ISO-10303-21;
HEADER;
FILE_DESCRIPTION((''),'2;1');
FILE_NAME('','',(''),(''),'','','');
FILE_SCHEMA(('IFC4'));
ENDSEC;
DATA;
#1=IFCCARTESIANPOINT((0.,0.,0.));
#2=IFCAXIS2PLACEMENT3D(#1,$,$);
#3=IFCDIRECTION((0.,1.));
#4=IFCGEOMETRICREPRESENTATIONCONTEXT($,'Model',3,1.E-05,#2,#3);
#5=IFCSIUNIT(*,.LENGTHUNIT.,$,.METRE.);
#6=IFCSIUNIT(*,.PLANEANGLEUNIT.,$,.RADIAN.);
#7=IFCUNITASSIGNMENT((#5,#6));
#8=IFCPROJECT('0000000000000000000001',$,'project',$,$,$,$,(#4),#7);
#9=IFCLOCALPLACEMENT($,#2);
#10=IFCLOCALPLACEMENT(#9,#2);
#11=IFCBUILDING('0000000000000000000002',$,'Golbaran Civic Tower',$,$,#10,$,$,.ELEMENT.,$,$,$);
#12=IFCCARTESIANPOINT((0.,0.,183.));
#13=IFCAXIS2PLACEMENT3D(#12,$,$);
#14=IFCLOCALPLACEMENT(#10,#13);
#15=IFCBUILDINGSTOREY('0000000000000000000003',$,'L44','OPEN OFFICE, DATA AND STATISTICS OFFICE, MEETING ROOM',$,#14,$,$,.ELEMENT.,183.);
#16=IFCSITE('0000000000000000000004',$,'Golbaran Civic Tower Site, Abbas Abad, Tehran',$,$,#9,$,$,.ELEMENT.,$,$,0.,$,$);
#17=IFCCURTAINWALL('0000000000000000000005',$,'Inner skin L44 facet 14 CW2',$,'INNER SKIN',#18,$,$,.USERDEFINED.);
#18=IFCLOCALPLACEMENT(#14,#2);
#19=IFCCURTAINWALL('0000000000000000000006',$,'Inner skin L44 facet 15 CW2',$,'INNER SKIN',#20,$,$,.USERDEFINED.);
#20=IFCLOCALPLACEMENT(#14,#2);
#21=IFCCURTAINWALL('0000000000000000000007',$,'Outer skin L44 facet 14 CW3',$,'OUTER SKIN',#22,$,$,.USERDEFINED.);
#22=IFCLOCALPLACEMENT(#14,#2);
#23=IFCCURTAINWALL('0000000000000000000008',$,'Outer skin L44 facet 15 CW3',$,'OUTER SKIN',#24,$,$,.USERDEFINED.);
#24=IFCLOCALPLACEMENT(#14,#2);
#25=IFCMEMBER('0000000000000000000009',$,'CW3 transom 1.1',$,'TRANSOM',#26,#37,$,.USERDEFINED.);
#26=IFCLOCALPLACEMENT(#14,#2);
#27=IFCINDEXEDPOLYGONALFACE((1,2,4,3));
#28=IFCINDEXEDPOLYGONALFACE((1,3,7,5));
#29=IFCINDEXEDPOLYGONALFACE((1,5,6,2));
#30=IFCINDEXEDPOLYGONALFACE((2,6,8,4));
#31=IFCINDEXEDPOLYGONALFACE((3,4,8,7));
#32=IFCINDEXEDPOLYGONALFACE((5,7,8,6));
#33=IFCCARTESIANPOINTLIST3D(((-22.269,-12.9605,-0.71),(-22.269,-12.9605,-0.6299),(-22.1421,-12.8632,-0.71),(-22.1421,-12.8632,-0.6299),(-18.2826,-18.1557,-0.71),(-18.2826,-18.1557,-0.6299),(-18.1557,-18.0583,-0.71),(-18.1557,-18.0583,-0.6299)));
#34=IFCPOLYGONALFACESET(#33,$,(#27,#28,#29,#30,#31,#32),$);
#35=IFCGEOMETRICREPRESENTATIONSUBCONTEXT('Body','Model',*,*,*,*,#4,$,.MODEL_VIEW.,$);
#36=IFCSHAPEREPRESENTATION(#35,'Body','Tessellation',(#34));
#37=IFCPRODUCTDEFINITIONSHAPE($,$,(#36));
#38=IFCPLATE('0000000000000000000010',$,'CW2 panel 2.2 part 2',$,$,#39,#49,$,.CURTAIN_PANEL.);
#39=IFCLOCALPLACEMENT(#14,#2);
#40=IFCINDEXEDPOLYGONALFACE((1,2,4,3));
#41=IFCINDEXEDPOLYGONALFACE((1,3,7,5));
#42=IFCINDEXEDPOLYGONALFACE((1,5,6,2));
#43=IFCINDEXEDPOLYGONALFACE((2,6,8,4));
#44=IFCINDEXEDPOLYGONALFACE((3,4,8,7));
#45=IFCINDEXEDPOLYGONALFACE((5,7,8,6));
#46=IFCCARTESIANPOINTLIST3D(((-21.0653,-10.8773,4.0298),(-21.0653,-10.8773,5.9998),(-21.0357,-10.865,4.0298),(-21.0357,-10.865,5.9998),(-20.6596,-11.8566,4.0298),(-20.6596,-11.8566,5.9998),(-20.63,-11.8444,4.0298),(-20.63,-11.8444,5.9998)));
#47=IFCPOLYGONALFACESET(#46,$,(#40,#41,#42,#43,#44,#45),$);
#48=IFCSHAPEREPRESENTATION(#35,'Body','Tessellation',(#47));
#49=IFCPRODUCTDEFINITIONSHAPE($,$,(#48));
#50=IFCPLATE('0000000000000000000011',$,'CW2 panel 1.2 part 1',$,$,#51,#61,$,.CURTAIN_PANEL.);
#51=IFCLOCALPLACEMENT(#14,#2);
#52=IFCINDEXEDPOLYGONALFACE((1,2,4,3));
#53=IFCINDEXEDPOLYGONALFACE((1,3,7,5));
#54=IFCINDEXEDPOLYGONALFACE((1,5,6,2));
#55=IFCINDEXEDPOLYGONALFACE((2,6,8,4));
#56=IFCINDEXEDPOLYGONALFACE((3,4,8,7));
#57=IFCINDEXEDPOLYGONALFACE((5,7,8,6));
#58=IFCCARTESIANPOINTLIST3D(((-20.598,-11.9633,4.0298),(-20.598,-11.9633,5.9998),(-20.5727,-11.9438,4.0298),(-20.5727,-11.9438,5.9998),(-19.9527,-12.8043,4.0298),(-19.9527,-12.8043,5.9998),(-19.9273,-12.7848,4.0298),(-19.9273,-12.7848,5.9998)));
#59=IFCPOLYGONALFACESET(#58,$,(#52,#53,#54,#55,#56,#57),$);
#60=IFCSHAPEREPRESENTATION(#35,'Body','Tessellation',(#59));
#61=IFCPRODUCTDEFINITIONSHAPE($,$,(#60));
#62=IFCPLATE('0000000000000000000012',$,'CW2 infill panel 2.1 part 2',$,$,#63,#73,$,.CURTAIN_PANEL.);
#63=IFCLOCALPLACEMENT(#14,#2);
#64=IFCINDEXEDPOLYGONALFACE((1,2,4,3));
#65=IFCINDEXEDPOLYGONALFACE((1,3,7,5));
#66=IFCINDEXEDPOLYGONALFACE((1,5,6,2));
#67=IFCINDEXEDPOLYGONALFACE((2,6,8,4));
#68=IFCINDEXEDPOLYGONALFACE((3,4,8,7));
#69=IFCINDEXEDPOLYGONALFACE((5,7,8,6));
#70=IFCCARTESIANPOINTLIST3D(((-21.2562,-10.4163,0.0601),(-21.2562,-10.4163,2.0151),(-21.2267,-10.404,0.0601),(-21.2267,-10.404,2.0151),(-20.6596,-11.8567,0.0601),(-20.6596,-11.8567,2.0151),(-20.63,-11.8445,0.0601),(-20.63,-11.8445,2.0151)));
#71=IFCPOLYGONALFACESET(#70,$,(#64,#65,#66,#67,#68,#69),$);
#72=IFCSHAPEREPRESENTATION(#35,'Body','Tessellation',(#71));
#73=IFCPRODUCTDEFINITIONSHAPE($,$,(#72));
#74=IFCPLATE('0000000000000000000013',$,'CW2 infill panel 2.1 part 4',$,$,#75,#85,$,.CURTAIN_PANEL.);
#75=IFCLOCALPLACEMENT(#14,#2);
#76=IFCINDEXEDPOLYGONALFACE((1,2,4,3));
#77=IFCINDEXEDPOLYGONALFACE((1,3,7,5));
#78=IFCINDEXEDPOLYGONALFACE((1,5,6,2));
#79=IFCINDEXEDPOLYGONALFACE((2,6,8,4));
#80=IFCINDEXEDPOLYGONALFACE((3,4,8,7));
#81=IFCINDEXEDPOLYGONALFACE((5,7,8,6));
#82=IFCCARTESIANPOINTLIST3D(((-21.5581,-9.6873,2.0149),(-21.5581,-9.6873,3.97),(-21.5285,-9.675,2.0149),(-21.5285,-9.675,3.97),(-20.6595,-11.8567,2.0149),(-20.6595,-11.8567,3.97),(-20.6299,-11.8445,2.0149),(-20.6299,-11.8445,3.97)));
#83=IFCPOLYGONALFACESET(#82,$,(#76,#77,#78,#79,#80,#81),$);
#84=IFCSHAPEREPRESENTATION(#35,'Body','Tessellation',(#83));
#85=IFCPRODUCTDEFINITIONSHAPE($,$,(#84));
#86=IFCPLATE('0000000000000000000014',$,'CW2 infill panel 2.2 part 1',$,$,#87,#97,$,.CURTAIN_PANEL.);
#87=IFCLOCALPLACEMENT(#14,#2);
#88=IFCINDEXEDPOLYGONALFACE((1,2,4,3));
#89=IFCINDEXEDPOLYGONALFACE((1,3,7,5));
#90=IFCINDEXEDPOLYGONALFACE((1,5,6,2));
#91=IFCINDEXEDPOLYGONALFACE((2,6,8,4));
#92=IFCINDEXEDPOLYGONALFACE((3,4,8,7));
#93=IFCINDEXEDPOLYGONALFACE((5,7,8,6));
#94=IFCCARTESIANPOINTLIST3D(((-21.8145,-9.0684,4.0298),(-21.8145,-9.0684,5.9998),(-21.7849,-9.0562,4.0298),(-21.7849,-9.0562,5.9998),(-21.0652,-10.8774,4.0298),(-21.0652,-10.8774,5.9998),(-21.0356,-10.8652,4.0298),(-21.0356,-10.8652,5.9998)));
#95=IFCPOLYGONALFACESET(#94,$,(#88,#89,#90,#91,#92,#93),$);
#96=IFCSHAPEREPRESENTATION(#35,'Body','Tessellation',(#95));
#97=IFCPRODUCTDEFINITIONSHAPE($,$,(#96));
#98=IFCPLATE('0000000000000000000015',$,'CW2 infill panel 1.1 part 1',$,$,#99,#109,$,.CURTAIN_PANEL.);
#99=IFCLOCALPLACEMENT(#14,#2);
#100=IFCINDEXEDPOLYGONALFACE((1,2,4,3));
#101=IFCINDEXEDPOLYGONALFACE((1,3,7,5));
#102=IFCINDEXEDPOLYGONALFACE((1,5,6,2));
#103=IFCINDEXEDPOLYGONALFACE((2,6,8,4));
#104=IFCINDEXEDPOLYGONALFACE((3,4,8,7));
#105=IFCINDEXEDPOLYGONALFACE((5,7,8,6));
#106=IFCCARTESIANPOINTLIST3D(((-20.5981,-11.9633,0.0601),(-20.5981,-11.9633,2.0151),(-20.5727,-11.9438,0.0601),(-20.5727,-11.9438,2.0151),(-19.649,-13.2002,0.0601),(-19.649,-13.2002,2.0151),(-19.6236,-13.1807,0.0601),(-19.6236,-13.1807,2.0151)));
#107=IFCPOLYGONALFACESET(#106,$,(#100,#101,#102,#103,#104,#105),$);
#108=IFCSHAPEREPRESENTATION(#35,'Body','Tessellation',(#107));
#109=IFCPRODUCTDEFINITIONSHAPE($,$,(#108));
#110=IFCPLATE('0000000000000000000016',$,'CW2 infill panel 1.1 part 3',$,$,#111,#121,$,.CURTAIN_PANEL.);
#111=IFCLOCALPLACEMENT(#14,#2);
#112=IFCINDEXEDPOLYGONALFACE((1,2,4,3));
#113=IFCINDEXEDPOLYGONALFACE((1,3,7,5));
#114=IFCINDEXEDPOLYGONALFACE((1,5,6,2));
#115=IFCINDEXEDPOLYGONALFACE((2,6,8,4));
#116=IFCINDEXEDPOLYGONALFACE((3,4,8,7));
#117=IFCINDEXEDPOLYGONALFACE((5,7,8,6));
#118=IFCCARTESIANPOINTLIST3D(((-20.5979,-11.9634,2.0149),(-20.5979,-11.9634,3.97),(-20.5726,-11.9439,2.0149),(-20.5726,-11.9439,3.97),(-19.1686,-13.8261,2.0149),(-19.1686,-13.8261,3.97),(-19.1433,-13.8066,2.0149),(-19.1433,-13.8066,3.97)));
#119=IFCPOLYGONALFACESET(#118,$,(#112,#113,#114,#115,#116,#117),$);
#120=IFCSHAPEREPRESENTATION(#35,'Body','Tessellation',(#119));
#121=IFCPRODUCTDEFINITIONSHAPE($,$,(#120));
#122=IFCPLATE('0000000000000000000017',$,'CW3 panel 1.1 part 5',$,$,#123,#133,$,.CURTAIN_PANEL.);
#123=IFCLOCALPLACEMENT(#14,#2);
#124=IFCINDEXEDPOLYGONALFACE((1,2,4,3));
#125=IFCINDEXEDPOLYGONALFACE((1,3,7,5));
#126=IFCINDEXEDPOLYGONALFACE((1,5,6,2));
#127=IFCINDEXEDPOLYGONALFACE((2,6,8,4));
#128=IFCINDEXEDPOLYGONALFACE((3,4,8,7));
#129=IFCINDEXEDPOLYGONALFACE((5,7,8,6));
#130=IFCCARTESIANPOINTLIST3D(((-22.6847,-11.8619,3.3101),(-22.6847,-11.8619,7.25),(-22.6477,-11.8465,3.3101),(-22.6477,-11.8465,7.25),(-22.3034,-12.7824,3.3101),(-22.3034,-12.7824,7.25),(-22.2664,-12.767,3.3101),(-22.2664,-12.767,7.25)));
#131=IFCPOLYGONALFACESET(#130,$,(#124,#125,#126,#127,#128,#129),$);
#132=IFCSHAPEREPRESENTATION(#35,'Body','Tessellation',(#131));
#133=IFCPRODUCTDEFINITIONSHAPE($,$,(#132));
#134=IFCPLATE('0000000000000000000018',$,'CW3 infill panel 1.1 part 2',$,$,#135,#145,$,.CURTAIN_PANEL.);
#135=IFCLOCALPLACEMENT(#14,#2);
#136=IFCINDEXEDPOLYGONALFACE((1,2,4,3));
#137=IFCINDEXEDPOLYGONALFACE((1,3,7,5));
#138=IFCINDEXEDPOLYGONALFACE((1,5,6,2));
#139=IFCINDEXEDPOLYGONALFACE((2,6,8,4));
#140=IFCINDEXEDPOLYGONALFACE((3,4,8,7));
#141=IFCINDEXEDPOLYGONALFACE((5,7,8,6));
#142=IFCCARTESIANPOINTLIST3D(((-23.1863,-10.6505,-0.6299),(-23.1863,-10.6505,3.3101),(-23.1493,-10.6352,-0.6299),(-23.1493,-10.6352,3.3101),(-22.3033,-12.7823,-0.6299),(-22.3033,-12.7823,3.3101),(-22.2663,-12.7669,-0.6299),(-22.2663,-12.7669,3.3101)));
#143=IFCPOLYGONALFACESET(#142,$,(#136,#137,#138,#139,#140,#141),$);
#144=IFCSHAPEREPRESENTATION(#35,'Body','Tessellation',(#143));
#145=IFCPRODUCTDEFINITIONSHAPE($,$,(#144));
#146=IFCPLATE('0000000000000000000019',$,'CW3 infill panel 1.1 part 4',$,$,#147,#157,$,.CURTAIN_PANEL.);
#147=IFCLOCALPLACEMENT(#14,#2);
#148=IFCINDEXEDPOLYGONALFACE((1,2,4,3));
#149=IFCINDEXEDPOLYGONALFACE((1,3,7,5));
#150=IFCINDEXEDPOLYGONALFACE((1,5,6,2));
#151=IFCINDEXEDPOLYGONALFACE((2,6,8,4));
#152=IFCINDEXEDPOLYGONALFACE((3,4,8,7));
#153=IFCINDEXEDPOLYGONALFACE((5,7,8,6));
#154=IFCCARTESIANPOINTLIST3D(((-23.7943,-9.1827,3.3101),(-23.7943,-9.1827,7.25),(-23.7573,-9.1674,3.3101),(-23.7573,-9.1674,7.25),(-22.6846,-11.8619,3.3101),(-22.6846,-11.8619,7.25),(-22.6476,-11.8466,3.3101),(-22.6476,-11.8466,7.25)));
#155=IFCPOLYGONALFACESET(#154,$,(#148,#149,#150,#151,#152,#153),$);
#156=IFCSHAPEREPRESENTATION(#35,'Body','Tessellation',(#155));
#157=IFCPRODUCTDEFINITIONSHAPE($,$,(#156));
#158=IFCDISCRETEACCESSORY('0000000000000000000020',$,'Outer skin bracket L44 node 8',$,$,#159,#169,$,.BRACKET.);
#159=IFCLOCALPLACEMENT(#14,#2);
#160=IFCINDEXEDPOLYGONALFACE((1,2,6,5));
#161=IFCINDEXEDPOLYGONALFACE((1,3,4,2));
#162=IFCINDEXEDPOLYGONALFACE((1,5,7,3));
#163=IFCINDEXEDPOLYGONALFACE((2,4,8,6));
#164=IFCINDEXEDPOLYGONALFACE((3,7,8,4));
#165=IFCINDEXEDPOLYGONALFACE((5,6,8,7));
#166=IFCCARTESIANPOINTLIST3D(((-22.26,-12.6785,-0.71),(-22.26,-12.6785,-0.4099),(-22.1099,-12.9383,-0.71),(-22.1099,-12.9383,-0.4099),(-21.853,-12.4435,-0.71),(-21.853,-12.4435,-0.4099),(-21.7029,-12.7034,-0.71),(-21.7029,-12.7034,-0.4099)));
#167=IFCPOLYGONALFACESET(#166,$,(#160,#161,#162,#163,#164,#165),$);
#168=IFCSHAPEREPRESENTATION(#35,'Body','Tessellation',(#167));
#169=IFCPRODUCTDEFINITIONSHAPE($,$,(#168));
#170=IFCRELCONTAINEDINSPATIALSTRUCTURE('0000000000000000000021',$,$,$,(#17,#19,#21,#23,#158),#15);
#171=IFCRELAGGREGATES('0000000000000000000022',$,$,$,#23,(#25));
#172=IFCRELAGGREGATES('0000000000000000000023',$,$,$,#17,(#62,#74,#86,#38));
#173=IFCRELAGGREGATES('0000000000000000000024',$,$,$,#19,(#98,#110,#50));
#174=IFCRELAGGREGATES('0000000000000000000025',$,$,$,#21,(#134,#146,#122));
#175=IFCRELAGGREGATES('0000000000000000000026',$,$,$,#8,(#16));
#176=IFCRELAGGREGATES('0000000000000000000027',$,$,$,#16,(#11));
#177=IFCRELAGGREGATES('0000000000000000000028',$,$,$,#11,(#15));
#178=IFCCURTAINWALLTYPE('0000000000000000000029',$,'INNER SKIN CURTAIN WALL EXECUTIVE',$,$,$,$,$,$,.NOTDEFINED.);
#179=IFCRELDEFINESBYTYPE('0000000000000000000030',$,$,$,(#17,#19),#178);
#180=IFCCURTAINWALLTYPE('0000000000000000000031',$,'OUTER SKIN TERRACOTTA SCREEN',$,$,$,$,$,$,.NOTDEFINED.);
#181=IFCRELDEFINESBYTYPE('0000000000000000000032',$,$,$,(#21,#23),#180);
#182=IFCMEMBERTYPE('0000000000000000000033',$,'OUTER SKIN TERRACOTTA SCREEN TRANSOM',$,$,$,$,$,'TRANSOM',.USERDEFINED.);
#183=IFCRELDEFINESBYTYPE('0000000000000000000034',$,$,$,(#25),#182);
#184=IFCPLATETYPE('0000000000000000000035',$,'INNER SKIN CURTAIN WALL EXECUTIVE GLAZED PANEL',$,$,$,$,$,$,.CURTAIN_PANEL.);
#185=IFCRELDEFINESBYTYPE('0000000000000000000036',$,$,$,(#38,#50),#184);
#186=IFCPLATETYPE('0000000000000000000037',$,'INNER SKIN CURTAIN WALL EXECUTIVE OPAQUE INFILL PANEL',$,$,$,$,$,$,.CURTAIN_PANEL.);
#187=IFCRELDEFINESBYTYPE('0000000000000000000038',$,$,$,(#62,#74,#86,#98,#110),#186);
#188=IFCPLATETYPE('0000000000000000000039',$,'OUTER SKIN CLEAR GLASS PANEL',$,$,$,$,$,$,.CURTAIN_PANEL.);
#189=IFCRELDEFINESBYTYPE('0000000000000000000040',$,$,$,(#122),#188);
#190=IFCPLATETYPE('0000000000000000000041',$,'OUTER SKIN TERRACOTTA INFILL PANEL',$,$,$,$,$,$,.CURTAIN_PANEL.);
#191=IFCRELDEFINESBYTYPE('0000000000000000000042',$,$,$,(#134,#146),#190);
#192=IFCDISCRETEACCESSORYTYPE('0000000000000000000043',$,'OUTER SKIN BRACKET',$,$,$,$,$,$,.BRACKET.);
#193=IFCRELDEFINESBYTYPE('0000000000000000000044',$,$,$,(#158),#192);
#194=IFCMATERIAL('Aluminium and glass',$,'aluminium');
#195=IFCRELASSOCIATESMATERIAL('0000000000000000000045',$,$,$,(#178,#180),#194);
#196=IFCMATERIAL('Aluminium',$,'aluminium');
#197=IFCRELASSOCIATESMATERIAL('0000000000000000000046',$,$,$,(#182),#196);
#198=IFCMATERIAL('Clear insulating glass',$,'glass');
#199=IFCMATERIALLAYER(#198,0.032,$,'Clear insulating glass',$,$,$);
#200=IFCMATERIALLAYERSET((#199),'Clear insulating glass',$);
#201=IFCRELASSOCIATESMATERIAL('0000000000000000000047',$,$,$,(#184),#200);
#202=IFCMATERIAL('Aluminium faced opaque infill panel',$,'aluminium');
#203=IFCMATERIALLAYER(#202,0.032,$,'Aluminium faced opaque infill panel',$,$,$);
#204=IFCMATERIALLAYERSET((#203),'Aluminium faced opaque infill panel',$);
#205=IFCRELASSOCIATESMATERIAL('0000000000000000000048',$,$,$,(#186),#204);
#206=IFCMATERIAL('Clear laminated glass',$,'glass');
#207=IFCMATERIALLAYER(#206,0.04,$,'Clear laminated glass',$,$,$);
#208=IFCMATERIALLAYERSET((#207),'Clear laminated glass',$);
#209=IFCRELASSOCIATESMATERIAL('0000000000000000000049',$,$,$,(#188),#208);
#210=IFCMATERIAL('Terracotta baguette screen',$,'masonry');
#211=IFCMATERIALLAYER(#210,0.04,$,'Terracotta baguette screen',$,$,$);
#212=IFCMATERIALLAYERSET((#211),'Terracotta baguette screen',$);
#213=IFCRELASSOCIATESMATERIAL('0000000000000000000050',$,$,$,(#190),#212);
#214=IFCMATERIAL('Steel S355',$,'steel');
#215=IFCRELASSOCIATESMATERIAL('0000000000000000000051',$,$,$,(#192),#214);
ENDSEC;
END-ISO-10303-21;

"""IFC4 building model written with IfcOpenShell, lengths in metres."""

from ifc_helpers import new_model, si_unit, direction, frame, origin, origin_2d, place, context, subcontext, project, spatial, rectangle, extrude, material, layer, layer_set, material_profile, profile_set, type_object, element, aggregate, save


model = new_model("IFC4")

# Units and contexts
model_context = context("Model", 3, precision=1e-05, world=origin(), true_north=direction((0.0, 1.0)))
body_context = subcontext(model_context, "Body", "Model", "MODEL_VIEW")
ifc_project = project(units=[si_unit("LENGTHUNIT", "METRE"), si_unit("PLANEANGLEUNIT", "RADIAN")], contexts=[model_context])

# Site, building, storey
site_placement = place(None, origin())
site = spatial("IfcSite", under=ifc_project, at=site_placement, Name="Golbaran Civic Tower Site, Abbas Abad, Tehran", CompositionType="ELEMENT", RefElevation=0.0)
building_placement = place(site_placement, origin())
building = spatial("IfcBuilding", under=site, at=building_placement, Name="Golbaran Civic Tower", CompositionType="ELEMENT")
storey_placement = place(building_placement, frame((0.0, 0.0, 183.0)))
storey = spatial("IfcBuildingStorey", under=building, at=storey_placement, Name="L44", Description="OPEN OFFICE, DATA AND STATISTICS OFFICE, MEETING ROOM", CompositionType="ELEMENT", Elevation=183.0)

# Shared definitions
ifc_material_1 = material(Name="Steel S355", Category="steel")

# Curtain wall
ifc_material_2 = material(Name="Aluminium and glass", Category="aluminium")
curtain_wall_type_1 = type_object("IfcCurtainWallType", Name="INNER SKIN CURTAIN WALL EXECUTIVE", PredefinedType="NOTDEFINED", material=ifc_material_2)
curtain_wall_1_placement = place(storey_placement, origin())
curtain_wall_1 = element("IfcCurtainWall", 1, at=curtain_wall_1_placement, inside=storey, type_object=curtain_wall_type_1, Name="Inner skin L44 facet 14 CW2", ObjectType="INNER SKIN", PredefinedType="USERDEFINED")
ifc_material_3 = material(Name="Aluminium", Category="aluminium")

# Curtain wall
curtain_wall_2_placement = place(storey_placement, origin())
curtain_wall_2 = element("IfcCurtainWall", 2, at=curtain_wall_2_placement, inside=storey, type_object=curtain_wall_type_1, Name="Inner skin L44 facet 15 CW2", ObjectType="INNER SKIN", PredefinedType="USERDEFINED")

# Curtain wall
curtain_wall_type_2 = type_object("IfcCurtainWallType", Name="OUTER SKIN TERRACOTTA SCREEN", PredefinedType="NOTDEFINED", material=ifc_material_2)
curtain_wall_3_placement = place(storey_placement, origin())
curtain_wall_3 = element("IfcCurtainWall", 3, at=curtain_wall_3_placement, inside=storey, type_object=curtain_wall_type_2, Name="Outer skin L44 facet 14 CW3", ObjectType="OUTER SKIN", PredefinedType="USERDEFINED")

# Curtain wall, member
curtain_wall_4_placement = place(storey_placement, origin())
curtain_wall_4 = element("IfcCurtainWall", 4, at=curtain_wall_4_placement, inside=storey, type_object=curtain_wall_type_2, Name="Outer skin L44 facet 15 CW3", ObjectType="OUTER SKIN", PredefinedType="USERDEFINED")
ifc_material_profile_1 = material_profile(ifc_material_3, rectangle(XDim=0.1599, YDim=0.0801, at=origin_2d()), Name="OUTER SKIN TERRACOTTA SCREEN TRANSOM")
ifc_profile_set_1 = profile_set([ifc_material_profile_1], Name="Aluminium")
member_type_1 = type_object("IfcMemberType", Name="OUTER SKIN TERRACOTTA SCREEN TRANSOM", ElementType="TRANSOM", PredefinedType="USERDEFINED", material=ifc_profile_set_1)
member_1_placement = place(storey_placement, frame((-22.2056, -12.9119, -0.6699), z_axis=(0.608763, -0.793352, 0.0), x_axis=(0.793352, 0.608763, 0.0)))
member_1 = element("IfcMember", 5, at=member_1_placement, type_object=member_type_1, Name="CW3 transom 1.1", ObjectType="TRANSOM", PredefinedType="USERDEFINED", context=body_context, shape_type="SweptSolid", body=[
    extrude(rectangle(XDim=0.1599, YDim=0.0801, at=origin_2d()), origin(), (0.0, 0.0, 1.0), 6.5483),
])
aggregate(curtain_wall_4, [member_1])

# Plates
ifc_material_4 = material(Name="Clear insulating glass", Category="glass")
ifc_layer_1 = layer(ifc_material_4, 0.032, Name="Clear insulating glass")
ifc_layer_set_1 = layer_set([ifc_layer_1], Name="Clear insulating glass")
plate_type_1 = type_object("IfcPlateType", Name="INNER SKIN CURTAIN WALL EXECUTIVE GLAZED PANEL", PredefinedType="CURTAIN_PANEL", material=ifc_layer_set_1)
plate_1_placement = place(storey_placement, frame((-20.8477, -11.3608, 4.0298), z_axis=(0.0, 0.0, 1.0), x_axis=(0.382683, -0.92388, 0.0)))
plate_1 = element("IfcPlate", 6, at=plate_1_placement, type_object=plate_type_1, Name="CW2 panel 2.2 part 2", PredefinedType="CURTAIN_PANEL", context=body_context, shape_type="SweptSolid", body=[
    extrude(rectangle(XDim=1.0601, YDim=0.032, at=origin_2d()), origin(), (0.0, 0.0, 1.0), 1.97),
])
plate_2_placement = place(storey_placement, frame((-20.2627, -12.374, 4.0298), z_axis=(0.0, 0.0, 1.0), x_axis=(0.608761, -0.793353, 0.0)))
plate_2 = element("IfcPlate", 7, at=plate_2_placement, type_object=plate_type_1, Name="CW2 panel 1.2 part 1", PredefinedType="CURTAIN_PANEL", context=body_context, shape_type="SweptSolid", body=[
    extrude(rectangle(XDim=1.0601, YDim=0.032, at=origin_2d()), origin(), (0.0, 0.0, 1.0), 1.97),
])
ifc_material_5 = material(Name="Aluminium faced opaque infill panel", Category="aluminium")
ifc_layer_2 = layer(ifc_material_5, 0.032, Name="Aluminium faced opaque infill panel")
ifc_layer_set_2 = layer_set([ifc_layer_2], Name="Aluminium faced opaque infill panel")
plate_type_2 = type_object("IfcPlateType", Name="INNER SKIN CURTAIN WALL EXECUTIVE OPAQUE INFILL PANEL", PredefinedType="CURTAIN_PANEL", material=ifc_layer_set_2)
plate_3_placement = place(storey_placement, frame((-20.9431, -11.1304, 0.0601), z_axis=(0.0, 0.0, 1.0), x_axis=(0.382683, -0.92388, 0.0)))
plate_3 = element("IfcPlate", 8, at=plate_3_placement, type_object=plate_type_2, Name="CW2 infill panel 2.1 part 2", PredefinedType="CURTAIN_PANEL", context=body_context, shape_type="SweptSolid", body=[
    extrude(rectangle(XDim=1.5591, YDim=0.032, at=origin_2d()), origin(), (0.0, 0.0, 1.0), 1.9551),
])
plate_4_placement = place(storey_placement, frame((-21.094, -10.7659, 2.0149), z_axis=(0.0, 0.0, 1.0), x_axis=(0.382683, -0.92388, 0.0)))
plate_4 = element("IfcPlate", 9, at=plate_4_placement, type_object=plate_type_2, Name="CW2 infill panel 2.1 part 4", PredefinedType="CURTAIN_PANEL", context=body_context, shape_type="SweptSolid", body=[
    extrude(rectangle(XDim=2.3481, YDim=0.032, at=origin_2d()), origin(), (0.0, 0.0, 1.0), 1.9551),
])
plate_5_placement = place(storey_placement, frame((-21.425, -9.9668, 4.0298), z_axis=(0.0, 0.0, 1.0), x_axis=(0.382683, -0.92388, 0.0)))
plate_5 = element("IfcPlate", 10, at=plate_5_placement, type_object=plate_type_2, Name="CW2 infill panel 2.2 part 1", PredefinedType="CURTAIN_PANEL", context=body_context, shape_type="SweptSolid", body=[
    extrude(rectangle(XDim=1.958, YDim=0.032, at=origin_2d()), origin(), (0.0, 0.0, 1.0), 1.97),
])
aggregate(curtain_wall_1, [plate_3, plate_4, plate_5, plate_1])
plate_6_placement = place(storey_placement, frame((-20.1108, -12.572, 0.0601), z_axis=(0.0, 0.0, 1.0), x_axis=(0.608761, -0.793353, 0.0)))
plate_6 = element("IfcPlate", 11, at=plate_6_placement, type_object=plate_type_2, Name="CW2 infill panel 1.1 part 1", PredefinedType="CURTAIN_PANEL", context=body_context, shape_type="SweptSolid", body=[
    extrude(rectangle(XDim=1.5591, YDim=0.032, at=origin_2d()), origin(), (0.0, 0.0, 1.0), 1.9551),
])
plate_7_placement = place(storey_placement, frame((-19.8706, -12.885, 2.0149), z_axis=(0.0, 0.0, 1.0), x_axis=(0.608761, -0.793353, 0.0)))
plate_7 = element("IfcPlate", 12, at=plate_7_placement, type_object=plate_type_2, Name="CW2 infill panel 1.1 part 3", PredefinedType="CURTAIN_PANEL", context=body_context, shape_type="SweptSolid", body=[
    extrude(rectangle(XDim=2.3479, YDim=0.032, at=origin_2d()), origin(), (0.0, 0.0, 1.0), 1.9551),
])
aggregate(curtain_wall_2, [plate_6, plate_7, plate_2])
ifc_material_6 = material(Name="Clear laminated glass", Category="glass")
ifc_layer_3 = layer(ifc_material_6, 0.04, Name="Clear laminated glass")
ifc_layer_set_3 = layer_set([ifc_layer_3], Name="Clear laminated glass")
plate_type_3 = type_object("IfcPlateType", Name="OUTER SKIN CLEAR GLASS PANEL", PredefinedType="CURTAIN_PANEL", material=ifc_layer_set_3)
plate_8_placement = place(storey_placement, frame((-22.4756, -12.3145, 3.3101), z_axis=(0.0, 0.0, 1.0), x_axis=(0.382683, -0.92388, 0.0)))
plate_8 = element("IfcPlate", 13, at=plate_8_placement, type_object=plate_type_3, Name="CW3 panel 1.1 part 5", PredefinedType="CURTAIN_PANEL", context=body_context, shape_type="SweptSolid", body=[
    extrude(rectangle(XDim=0.9963, YDim=0.04, at=origin_2d()), origin(), (0.0, 0.0, 1.0), 3.9399),
])
ifc_material_7 = material(Name="Terracotta baguette screen", Category="masonry")
ifc_layer_4 = layer(ifc_material_7, 0.04, Name="Terracotta baguette screen")
ifc_layer_set_4 = layer_set([ifc_layer_4], Name="Terracotta baguette screen")
plate_type_4 = type_object("IfcPlateType", Name="OUTER SKIN TERRACOTTA INFILL PANEL", PredefinedType="CURTAIN_PANEL", material=ifc_layer_set_4)
plate_9_placement = place(storey_placement, frame((-22.7263, -11.7087, -0.6299), z_axis=(0.0, 0.0, 1.0), x_axis=(0.382683, -0.92388, 0.0)))
plate_9 = element("IfcPlate", 14, at=plate_9_placement, type_object=plate_type_4, Name="CW3 infill panel 1.1 part 2", PredefinedType="CURTAIN_PANEL", context=body_context, shape_type="SweptSolid", body=[
    extrude(rectangle(XDim=2.3074, YDim=0.04, at=origin_2d()), origin(), (0.0, 0.0, 1.0), 3.9399),
])
plate_10_placement = place(storey_placement, frame((-23.2209, -10.5146, 3.3101), z_axis=(0.0, 0.0, 1.0), x_axis=(0.382683, -0.92388, 0.0)))
plate_10 = element("IfcPlate", 15, at=plate_10_placement, type_object=plate_type_4, Name="CW3 infill panel 1.1 part 4", PredefinedType="CURTAIN_PANEL", context=body_context, shape_type="SweptSolid", body=[
    extrude(rectangle(XDim=2.8999, YDim=0.04, at=origin_2d()), origin(), (0.0, 0.0, 1.0), 3.9399),
])
aggregate(curtain_wall_3, [plate_9, plate_10, plate_8])

# Discrete accessory
discrete_accessory_type = type_object("IfcDiscreteAccessoryType", Name="OUTER SKIN BRACKET", PredefinedType="BRACKET", material=ifc_material_1)
discrete_accessory_placement = place(storey_placement, frame((-21.9814, -12.6909, -0.71), z_axis=(0.0, 0.0, 1.0), x_axis=(-0.866025, -0.5, 0.0)))
element("IfcDiscreteAccessory", 16, at=discrete_accessory_placement, inside=storey, type_object=discrete_accessory_type, Name="Outer skin bracket L44 node 8", PredefinedType="BRACKET", context=body_context, shape_type="SweptSolid", body=[
    extrude(rectangle(XDim=0.47, YDim=0.3, at=origin_2d()), origin(), (0.0, 0.0, 1.0), 0.3),
])

save(model, "model.ifc")
